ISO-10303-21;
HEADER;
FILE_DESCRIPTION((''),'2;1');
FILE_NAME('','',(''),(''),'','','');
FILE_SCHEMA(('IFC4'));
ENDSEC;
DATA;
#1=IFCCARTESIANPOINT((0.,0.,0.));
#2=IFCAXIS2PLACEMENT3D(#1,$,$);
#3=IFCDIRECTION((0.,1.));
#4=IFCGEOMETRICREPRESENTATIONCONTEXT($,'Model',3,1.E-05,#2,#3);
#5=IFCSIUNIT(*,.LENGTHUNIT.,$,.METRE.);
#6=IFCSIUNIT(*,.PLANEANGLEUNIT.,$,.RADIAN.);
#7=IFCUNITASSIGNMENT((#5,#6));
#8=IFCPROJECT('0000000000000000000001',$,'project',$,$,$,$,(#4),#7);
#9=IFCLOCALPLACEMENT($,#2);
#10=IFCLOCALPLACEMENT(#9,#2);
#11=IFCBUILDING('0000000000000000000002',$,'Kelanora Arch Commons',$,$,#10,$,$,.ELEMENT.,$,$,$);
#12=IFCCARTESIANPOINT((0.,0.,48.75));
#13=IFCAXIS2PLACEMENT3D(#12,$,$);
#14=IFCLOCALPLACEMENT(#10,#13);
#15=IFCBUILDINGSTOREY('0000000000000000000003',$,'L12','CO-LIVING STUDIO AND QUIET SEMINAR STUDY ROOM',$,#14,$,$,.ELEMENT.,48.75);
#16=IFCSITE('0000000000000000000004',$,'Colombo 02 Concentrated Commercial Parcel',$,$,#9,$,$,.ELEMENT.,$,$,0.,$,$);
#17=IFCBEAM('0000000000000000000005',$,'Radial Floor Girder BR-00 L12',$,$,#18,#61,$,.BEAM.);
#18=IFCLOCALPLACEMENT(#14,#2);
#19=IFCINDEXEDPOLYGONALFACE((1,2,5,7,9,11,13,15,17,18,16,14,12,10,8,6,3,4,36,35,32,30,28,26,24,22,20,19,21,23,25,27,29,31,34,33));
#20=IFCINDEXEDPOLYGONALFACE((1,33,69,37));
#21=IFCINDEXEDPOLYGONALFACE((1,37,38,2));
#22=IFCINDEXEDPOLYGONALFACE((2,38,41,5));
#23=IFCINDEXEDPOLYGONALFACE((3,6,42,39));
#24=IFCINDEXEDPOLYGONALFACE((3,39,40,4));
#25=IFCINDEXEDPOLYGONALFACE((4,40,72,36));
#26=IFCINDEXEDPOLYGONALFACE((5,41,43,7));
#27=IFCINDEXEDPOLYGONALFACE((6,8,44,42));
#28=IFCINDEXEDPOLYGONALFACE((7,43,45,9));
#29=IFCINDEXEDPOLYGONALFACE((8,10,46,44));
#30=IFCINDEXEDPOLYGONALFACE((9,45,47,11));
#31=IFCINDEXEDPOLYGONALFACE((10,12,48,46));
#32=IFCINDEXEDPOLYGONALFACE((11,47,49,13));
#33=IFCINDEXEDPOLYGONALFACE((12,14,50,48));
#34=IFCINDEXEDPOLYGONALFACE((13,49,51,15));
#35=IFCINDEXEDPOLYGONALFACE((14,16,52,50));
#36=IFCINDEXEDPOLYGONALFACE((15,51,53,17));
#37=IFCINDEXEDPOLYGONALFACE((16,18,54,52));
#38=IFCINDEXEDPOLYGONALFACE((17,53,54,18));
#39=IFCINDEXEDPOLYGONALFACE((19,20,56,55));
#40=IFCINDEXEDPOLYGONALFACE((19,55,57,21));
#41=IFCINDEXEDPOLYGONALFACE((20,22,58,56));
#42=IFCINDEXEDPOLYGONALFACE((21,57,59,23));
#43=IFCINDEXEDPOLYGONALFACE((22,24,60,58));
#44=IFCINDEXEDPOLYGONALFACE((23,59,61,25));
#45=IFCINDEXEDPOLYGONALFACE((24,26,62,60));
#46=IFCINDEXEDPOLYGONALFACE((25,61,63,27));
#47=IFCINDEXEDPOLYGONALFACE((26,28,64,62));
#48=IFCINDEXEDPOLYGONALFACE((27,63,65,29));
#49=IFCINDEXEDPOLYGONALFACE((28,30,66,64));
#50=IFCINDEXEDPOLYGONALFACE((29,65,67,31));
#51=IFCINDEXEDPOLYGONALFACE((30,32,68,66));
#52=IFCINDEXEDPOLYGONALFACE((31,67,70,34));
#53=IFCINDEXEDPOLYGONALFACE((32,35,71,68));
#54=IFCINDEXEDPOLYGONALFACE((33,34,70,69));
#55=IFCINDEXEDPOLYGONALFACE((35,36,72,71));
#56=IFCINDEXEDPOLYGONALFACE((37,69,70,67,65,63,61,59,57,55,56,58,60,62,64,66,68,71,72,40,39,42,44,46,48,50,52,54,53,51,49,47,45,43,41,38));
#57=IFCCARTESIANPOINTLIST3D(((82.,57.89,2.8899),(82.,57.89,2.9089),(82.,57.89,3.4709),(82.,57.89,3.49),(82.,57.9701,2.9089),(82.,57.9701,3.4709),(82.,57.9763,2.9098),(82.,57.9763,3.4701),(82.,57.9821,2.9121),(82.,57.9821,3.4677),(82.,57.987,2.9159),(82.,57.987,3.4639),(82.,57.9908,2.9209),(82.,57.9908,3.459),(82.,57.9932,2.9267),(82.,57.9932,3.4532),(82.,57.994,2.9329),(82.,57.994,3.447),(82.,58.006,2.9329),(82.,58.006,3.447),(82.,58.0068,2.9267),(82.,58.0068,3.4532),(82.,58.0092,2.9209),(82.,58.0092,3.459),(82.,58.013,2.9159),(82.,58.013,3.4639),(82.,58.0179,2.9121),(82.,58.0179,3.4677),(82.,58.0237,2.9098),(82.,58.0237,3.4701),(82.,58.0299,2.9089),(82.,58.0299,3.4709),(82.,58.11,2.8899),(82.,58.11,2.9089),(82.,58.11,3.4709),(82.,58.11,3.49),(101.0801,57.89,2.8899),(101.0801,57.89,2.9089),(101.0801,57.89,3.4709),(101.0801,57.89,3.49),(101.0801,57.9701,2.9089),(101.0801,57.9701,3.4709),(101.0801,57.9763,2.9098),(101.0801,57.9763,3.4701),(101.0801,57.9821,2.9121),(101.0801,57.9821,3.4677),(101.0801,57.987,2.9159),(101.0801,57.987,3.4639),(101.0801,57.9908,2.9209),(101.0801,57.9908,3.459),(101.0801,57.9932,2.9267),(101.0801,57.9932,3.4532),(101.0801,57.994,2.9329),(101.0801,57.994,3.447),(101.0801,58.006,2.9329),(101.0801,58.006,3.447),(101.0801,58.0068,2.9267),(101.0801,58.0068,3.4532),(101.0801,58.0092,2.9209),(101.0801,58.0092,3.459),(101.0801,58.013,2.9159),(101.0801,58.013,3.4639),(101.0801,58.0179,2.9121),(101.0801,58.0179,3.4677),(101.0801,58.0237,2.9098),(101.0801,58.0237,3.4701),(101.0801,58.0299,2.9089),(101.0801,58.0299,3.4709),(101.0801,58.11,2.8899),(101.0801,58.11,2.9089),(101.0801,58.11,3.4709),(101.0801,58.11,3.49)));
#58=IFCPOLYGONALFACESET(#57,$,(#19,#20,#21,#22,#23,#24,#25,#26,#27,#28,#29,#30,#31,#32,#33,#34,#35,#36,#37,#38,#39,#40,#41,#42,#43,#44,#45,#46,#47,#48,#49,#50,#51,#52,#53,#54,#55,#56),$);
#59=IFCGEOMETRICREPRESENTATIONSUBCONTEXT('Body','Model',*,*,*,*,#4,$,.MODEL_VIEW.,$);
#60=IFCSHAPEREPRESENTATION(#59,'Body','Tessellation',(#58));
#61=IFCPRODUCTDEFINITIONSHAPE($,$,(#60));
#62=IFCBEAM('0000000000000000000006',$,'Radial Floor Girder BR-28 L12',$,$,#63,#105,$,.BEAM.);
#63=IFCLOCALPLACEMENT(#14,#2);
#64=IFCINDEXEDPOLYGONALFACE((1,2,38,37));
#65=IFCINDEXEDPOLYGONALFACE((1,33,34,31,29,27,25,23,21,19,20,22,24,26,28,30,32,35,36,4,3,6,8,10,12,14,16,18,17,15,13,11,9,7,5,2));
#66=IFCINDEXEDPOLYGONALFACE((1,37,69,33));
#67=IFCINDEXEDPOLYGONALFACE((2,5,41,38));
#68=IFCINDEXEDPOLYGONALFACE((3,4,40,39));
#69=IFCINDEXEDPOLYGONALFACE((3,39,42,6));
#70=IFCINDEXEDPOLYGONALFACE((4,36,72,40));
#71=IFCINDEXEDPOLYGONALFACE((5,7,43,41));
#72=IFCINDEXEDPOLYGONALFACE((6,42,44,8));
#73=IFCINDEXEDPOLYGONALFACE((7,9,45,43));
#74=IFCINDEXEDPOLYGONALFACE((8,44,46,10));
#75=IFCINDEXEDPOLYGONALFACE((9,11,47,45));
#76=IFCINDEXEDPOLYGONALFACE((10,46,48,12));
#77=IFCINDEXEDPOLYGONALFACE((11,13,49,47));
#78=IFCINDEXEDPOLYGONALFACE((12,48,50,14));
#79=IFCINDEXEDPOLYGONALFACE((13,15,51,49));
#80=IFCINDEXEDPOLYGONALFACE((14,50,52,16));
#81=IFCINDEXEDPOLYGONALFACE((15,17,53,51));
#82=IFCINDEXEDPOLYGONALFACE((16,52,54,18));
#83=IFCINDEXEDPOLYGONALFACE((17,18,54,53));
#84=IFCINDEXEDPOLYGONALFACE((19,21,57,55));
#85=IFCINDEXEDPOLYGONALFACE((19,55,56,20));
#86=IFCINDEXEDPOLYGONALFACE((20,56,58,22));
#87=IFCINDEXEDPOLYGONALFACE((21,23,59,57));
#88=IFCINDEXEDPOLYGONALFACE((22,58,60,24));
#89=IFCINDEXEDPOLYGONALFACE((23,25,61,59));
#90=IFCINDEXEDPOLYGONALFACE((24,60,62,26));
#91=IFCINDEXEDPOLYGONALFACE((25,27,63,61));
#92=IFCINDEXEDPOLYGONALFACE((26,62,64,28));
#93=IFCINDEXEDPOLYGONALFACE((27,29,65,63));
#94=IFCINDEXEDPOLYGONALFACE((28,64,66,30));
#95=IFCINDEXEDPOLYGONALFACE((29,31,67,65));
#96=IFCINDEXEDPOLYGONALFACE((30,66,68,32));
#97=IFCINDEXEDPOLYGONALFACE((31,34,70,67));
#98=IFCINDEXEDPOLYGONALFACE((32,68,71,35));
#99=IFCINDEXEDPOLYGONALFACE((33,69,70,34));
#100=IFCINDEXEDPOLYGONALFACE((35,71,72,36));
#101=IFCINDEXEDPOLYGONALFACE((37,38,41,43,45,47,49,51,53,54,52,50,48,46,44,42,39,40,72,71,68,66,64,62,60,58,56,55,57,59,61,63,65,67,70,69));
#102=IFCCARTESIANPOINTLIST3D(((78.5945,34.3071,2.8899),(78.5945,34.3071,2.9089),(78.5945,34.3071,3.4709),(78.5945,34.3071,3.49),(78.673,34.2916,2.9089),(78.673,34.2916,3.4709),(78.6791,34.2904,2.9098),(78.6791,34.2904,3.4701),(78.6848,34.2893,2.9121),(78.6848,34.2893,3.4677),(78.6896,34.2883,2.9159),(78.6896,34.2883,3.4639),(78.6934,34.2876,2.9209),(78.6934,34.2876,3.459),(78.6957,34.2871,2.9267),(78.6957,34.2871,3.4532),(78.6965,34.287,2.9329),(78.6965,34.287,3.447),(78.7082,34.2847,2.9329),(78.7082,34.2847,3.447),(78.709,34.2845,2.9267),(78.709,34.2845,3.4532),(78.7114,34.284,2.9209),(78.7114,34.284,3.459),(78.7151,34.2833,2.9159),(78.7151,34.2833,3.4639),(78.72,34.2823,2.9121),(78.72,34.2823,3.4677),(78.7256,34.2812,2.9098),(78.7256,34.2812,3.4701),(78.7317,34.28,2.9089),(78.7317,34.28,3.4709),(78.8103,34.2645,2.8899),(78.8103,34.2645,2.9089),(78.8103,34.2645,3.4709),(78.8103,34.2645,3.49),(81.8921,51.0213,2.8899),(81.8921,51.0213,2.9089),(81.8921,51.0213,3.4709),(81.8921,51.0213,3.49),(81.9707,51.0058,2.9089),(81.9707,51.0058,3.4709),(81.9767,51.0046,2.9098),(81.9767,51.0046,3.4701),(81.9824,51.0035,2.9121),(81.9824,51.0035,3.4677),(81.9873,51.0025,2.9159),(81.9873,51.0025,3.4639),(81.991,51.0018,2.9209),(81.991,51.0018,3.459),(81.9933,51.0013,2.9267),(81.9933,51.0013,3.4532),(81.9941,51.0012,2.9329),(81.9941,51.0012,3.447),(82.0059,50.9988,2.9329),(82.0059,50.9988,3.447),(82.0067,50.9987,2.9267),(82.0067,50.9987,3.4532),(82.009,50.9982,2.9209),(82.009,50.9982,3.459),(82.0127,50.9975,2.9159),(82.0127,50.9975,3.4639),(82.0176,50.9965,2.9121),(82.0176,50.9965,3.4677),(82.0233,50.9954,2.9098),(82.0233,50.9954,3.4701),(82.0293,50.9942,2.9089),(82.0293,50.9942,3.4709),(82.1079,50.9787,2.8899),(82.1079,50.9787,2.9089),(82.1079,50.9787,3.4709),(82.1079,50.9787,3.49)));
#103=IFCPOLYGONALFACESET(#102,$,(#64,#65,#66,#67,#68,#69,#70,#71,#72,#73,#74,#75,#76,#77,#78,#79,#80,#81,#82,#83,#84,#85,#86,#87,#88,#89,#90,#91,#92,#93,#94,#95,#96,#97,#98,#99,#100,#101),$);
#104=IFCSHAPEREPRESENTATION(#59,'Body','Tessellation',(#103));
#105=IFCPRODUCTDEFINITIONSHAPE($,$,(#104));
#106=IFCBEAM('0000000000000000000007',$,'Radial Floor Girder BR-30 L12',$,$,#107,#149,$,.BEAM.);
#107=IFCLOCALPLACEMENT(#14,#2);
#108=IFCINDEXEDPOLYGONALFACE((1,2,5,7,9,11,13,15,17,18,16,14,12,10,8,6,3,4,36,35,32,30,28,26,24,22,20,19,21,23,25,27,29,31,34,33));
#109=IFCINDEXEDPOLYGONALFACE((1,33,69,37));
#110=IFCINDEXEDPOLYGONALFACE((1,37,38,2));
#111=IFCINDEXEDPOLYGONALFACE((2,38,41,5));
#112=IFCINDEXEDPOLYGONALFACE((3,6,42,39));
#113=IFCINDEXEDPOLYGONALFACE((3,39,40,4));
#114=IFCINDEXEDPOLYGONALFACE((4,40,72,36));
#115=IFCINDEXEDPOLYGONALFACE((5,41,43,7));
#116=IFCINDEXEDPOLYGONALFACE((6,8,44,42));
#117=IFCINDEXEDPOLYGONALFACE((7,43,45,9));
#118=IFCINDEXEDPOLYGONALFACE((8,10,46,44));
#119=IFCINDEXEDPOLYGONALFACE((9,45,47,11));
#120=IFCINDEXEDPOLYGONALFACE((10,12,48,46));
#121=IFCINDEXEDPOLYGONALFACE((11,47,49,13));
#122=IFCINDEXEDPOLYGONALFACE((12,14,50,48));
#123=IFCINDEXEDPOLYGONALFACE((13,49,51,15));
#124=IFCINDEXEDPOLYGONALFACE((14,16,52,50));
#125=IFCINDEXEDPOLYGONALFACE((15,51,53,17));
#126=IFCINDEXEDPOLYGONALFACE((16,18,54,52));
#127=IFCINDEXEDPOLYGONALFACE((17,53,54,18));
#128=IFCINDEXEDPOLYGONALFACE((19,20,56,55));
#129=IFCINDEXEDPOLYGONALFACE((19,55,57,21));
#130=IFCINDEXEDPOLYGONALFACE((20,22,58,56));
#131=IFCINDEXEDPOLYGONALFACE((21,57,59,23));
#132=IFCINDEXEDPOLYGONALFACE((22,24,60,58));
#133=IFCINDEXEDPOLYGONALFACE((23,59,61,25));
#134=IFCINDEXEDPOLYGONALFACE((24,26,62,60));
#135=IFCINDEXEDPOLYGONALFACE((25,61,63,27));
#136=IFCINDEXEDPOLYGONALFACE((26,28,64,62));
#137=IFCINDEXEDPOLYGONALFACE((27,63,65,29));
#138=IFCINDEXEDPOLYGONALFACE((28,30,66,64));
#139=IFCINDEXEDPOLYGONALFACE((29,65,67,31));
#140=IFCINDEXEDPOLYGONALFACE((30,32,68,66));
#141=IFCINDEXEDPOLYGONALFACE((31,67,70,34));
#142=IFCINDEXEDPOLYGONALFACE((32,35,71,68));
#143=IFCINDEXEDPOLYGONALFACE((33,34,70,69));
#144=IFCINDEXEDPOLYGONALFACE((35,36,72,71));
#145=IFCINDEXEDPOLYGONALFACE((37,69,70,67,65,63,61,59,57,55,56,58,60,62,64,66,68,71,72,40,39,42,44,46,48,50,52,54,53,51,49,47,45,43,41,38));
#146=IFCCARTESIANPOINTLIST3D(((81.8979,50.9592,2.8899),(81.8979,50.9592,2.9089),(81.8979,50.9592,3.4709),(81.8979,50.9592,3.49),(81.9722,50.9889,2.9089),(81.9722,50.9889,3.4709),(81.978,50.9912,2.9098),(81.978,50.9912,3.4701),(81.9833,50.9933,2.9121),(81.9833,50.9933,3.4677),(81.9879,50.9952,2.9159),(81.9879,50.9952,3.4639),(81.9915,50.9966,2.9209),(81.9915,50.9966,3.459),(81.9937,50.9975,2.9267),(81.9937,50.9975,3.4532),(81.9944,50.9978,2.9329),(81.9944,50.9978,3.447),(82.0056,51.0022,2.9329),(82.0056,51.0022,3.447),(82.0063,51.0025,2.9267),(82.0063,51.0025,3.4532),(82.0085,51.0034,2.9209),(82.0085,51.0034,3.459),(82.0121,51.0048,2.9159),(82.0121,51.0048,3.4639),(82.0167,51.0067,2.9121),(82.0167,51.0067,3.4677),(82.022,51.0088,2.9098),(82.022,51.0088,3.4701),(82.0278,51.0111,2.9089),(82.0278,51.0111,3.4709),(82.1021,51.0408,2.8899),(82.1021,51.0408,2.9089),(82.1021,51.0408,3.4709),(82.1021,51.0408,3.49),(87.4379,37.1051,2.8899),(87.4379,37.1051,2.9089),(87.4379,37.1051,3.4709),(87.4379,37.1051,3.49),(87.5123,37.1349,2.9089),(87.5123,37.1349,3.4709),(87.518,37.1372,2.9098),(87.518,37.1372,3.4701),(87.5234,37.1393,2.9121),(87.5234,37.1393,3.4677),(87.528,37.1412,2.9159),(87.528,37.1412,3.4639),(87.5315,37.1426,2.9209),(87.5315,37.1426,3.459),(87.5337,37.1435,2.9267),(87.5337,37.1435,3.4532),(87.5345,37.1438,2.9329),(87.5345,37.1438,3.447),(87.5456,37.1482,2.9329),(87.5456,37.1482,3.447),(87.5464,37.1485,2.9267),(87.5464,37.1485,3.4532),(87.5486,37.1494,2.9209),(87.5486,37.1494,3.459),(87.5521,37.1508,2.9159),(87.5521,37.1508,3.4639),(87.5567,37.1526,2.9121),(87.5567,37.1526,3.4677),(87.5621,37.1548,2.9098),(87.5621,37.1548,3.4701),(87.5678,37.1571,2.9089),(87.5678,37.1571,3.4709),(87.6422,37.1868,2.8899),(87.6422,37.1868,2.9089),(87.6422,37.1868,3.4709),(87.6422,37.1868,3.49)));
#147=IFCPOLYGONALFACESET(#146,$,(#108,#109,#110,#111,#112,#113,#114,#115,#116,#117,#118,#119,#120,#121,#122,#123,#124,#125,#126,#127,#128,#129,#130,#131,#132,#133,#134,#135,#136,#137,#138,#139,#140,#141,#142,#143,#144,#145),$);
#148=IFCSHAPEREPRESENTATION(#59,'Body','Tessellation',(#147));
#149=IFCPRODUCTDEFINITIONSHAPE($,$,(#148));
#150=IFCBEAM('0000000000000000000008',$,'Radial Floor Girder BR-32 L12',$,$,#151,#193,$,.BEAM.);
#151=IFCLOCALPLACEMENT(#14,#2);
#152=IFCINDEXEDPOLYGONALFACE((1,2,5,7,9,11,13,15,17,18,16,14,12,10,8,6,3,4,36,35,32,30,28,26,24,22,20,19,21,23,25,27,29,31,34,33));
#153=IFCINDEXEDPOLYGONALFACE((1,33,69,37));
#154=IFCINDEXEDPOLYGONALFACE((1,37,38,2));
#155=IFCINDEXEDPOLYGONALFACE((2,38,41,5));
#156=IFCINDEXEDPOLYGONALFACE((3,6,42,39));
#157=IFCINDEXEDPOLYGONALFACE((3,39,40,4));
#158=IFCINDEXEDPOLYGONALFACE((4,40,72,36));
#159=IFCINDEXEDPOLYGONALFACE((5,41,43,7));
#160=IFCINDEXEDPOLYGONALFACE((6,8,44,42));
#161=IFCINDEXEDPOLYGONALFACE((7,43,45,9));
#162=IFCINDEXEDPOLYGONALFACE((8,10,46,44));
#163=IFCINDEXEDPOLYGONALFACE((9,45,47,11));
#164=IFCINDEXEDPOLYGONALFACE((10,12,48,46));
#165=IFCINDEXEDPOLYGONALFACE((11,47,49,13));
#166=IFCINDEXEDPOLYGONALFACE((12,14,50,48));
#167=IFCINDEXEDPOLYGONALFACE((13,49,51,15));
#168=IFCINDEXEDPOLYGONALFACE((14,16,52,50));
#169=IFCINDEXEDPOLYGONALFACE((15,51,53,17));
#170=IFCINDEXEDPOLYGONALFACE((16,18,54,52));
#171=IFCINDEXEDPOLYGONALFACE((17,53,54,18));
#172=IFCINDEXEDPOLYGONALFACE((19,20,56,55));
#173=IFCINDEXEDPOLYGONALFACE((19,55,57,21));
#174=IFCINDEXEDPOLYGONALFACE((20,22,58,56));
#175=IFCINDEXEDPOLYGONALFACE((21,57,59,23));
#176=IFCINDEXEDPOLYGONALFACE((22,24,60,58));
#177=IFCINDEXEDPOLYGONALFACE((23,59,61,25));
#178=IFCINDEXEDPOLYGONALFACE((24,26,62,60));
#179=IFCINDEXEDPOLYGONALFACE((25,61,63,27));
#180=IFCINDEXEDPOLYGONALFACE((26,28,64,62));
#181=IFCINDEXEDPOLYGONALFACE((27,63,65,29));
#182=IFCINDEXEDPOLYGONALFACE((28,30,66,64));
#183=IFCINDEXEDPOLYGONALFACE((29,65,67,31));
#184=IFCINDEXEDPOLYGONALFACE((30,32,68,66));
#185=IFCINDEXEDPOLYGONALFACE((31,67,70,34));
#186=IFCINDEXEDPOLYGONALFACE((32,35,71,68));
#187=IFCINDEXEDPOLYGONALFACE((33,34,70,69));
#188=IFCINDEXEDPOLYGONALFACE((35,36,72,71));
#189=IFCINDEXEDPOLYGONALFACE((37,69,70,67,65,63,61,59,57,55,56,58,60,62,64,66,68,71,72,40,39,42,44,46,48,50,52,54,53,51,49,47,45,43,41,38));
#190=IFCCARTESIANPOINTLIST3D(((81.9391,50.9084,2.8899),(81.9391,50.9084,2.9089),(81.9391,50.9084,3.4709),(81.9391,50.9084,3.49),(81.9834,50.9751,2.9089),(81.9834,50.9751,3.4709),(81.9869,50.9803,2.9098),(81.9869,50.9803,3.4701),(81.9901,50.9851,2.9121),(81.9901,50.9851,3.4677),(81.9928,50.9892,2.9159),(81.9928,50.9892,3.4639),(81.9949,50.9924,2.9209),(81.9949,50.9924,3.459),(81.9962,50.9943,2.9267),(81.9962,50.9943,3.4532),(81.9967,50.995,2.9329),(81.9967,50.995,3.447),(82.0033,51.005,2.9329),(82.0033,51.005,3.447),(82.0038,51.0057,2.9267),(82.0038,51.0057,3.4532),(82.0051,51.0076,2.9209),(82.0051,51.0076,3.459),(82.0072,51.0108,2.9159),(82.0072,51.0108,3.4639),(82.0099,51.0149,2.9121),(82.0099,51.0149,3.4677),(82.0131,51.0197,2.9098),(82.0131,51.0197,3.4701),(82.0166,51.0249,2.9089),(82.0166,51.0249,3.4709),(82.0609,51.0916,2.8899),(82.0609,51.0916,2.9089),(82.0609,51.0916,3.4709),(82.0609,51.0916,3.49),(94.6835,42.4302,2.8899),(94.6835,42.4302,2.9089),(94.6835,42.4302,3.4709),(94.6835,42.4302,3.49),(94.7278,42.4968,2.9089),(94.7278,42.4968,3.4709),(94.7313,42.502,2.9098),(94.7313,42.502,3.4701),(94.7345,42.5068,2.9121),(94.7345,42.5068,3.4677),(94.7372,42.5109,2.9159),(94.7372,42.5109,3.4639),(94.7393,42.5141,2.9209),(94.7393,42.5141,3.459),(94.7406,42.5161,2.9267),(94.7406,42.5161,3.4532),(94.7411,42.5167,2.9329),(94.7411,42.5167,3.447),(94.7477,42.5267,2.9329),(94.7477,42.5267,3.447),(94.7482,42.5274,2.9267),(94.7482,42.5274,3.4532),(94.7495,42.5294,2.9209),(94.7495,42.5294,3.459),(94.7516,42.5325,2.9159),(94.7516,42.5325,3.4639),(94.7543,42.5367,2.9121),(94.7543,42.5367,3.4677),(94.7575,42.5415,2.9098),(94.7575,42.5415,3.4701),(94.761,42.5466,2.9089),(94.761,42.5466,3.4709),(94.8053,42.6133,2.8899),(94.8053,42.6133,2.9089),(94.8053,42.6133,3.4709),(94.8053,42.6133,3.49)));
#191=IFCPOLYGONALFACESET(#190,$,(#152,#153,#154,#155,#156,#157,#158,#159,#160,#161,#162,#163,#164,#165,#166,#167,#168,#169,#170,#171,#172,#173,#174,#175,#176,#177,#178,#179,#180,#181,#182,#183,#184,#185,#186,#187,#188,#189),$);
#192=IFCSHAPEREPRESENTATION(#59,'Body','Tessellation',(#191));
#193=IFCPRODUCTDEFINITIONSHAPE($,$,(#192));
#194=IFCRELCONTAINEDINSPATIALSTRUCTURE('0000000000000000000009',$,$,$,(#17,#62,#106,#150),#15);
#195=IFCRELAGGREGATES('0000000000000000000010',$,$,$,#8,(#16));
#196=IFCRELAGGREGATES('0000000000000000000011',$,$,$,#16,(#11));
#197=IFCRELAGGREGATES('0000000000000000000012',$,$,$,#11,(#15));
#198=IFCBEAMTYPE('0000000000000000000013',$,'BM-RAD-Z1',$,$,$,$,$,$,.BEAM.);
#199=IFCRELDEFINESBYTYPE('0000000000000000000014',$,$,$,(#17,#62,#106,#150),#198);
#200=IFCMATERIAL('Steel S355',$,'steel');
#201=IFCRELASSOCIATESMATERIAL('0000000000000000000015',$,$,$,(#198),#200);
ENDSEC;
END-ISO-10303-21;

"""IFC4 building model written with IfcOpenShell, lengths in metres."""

from ifc_helpers import new_model, si_unit, direction, frame, origin, origin_2d, place, context, subcontext, project, spatial, i_section, extrude, material, material_profile, profile_set, type_object, element, save


model = new_model("IFC4")

# Units and contexts
model_context = context("Model", 3, precision=1e-05, world=origin(), true_north=direction((0.0, 1.0)))
body_context = subcontext(model_context, "Body", "Model", "MODEL_VIEW")
ifc_project = project(units=[si_unit("LENGTHUNIT", "METRE"), si_unit("PLANEANGLEUNIT", "RADIAN")], contexts=[model_context])

# Site, building, storey
site_placement = place(None, origin())
site = spatial("IfcSite", under=ifc_project, at=site_placement, Name="Colombo 02 Concentrated Commercial Parcel", CompositionType="ELEMENT", RefElevation=0.0)
building_placement = place(site_placement, origin())
building = spatial("IfcBuilding", under=site, at=building_placement, Name="Kelanora Arch Commons", CompositionType="ELEMENT")
storey_placement = place(building_placement, frame((0.0, 0.0, 48.75)))
storey = spatial("IfcBuildingStorey", under=building, at=storey_placement, Name="L12", Description="CO-LIVING STUDIO AND QUIET SEMINAR STUDY ROOM", CompositionType="ELEMENT", Elevation=48.75)

# Beams
ifc_material_1 = material(Name="Steel S355", Category="steel")
ifc_material_profile_1 = material_profile(ifc_material_1, i_section(OverallWidth=0.22, OverallDepth=0.6001, WebThickness=0.012, FlangeThickness=0.019, FilletRadius=0.0239, at=origin_2d()), Name="IPE600")
ifc_profile_set_1 = profile_set([ifc_material_profile_1], Name="Steel S355")
beam_type_1 = type_object("IfcBeamType", Name="BM-RAD-Z1", PredefinedType="BEAM", material=ifc_profile_set_1)
beam_1_placement = place(storey_placement, frame((82.0, 58.0, 3.1899), z_axis=(1.0, 0.0, 0.0), x_axis=(0.0, 1.0, 0.0)))
element("IfcBeam", 1, at=beam_1_placement, inside=storey, type_object=beam_type_1, Name="Radial Floor Girder BR-00 L12", PredefinedType="BEAM", context=body_context, shape_type="SweptSolid", body=[
    extrude(i_section(OverallWidth=0.22, OverallDepth=0.6001, WebThickness=0.012, FlangeThickness=0.019, FilletRadius=0.0239, at=origin_2d()), origin(), (0.0, 0.0, 1.0), 19.0801),
])
beam_2_placement = place(storey_placement, frame((82.0, 51.0, 3.1899), z_axis=(-0.193564, -0.981088, 0.0), x_axis=(0.981088, -0.193564, 0.0)))
element("IfcBeam", 2, at=beam_2_placement, inside=storey, type_object=beam_type_1, Name="Radial Floor Girder BR-28 L12", PredefinedType="BEAM", context=body_context, shape_type="SweptSolid", body=[
    extrude(i_section(OverallWidth=0.22, OverallDepth=0.6001, WebThickness=0.012, FlangeThickness=0.019, FilletRadius=0.0239, at=origin_2d()), origin(), (0.0, 0.0, 1.0), 17.0364),
])
beam_3_placement = place(storey_placement, frame((82.0, 51.0, 3.1899), z_axis=(0.3713, -0.928513, 0.0), x_axis=(0.928513, 0.3713, 0.0)))
element("IfcBeam", 3, at=beam_3_placement, inside=storey, type_object=beam_type_1, Name="Radial Floor Girder BR-30 L12", PredefinedType="BEAM", context=body_context, shape_type="SweptSolid", body=[
    extrude(i_section(OverallWidth=0.22, OverallDepth=0.6001, WebThickness=0.012, FlangeThickness=0.019, FilletRadius=0.0239, at=origin_2d()), origin(), (0.0, 0.0, 1.0), 14.9207),
])
beam_4_placement = place(storey_placement, frame((82.0, 51.0, 3.1899), z_axis=(0.832592, -0.553886, 0.0), x_axis=(0.553886, 0.832592, 0.0)))
element("IfcBeam", 4, at=beam_4_placement, inside=storey, type_object=beam_type_1, Name="Radial Floor Girder BR-32 L12", PredefinedType="BEAM", context=body_context, shape_type="SweptSolid", body=[
    extrude(i_section(OverallWidth=0.22, OverallDepth=0.6001, WebThickness=0.012, FlangeThickness=0.019, FilletRadius=0.0239, at=origin_2d()), origin(), (0.0, 0.0, 1.0), 15.3069),
])

save(model, "model.ifc")
